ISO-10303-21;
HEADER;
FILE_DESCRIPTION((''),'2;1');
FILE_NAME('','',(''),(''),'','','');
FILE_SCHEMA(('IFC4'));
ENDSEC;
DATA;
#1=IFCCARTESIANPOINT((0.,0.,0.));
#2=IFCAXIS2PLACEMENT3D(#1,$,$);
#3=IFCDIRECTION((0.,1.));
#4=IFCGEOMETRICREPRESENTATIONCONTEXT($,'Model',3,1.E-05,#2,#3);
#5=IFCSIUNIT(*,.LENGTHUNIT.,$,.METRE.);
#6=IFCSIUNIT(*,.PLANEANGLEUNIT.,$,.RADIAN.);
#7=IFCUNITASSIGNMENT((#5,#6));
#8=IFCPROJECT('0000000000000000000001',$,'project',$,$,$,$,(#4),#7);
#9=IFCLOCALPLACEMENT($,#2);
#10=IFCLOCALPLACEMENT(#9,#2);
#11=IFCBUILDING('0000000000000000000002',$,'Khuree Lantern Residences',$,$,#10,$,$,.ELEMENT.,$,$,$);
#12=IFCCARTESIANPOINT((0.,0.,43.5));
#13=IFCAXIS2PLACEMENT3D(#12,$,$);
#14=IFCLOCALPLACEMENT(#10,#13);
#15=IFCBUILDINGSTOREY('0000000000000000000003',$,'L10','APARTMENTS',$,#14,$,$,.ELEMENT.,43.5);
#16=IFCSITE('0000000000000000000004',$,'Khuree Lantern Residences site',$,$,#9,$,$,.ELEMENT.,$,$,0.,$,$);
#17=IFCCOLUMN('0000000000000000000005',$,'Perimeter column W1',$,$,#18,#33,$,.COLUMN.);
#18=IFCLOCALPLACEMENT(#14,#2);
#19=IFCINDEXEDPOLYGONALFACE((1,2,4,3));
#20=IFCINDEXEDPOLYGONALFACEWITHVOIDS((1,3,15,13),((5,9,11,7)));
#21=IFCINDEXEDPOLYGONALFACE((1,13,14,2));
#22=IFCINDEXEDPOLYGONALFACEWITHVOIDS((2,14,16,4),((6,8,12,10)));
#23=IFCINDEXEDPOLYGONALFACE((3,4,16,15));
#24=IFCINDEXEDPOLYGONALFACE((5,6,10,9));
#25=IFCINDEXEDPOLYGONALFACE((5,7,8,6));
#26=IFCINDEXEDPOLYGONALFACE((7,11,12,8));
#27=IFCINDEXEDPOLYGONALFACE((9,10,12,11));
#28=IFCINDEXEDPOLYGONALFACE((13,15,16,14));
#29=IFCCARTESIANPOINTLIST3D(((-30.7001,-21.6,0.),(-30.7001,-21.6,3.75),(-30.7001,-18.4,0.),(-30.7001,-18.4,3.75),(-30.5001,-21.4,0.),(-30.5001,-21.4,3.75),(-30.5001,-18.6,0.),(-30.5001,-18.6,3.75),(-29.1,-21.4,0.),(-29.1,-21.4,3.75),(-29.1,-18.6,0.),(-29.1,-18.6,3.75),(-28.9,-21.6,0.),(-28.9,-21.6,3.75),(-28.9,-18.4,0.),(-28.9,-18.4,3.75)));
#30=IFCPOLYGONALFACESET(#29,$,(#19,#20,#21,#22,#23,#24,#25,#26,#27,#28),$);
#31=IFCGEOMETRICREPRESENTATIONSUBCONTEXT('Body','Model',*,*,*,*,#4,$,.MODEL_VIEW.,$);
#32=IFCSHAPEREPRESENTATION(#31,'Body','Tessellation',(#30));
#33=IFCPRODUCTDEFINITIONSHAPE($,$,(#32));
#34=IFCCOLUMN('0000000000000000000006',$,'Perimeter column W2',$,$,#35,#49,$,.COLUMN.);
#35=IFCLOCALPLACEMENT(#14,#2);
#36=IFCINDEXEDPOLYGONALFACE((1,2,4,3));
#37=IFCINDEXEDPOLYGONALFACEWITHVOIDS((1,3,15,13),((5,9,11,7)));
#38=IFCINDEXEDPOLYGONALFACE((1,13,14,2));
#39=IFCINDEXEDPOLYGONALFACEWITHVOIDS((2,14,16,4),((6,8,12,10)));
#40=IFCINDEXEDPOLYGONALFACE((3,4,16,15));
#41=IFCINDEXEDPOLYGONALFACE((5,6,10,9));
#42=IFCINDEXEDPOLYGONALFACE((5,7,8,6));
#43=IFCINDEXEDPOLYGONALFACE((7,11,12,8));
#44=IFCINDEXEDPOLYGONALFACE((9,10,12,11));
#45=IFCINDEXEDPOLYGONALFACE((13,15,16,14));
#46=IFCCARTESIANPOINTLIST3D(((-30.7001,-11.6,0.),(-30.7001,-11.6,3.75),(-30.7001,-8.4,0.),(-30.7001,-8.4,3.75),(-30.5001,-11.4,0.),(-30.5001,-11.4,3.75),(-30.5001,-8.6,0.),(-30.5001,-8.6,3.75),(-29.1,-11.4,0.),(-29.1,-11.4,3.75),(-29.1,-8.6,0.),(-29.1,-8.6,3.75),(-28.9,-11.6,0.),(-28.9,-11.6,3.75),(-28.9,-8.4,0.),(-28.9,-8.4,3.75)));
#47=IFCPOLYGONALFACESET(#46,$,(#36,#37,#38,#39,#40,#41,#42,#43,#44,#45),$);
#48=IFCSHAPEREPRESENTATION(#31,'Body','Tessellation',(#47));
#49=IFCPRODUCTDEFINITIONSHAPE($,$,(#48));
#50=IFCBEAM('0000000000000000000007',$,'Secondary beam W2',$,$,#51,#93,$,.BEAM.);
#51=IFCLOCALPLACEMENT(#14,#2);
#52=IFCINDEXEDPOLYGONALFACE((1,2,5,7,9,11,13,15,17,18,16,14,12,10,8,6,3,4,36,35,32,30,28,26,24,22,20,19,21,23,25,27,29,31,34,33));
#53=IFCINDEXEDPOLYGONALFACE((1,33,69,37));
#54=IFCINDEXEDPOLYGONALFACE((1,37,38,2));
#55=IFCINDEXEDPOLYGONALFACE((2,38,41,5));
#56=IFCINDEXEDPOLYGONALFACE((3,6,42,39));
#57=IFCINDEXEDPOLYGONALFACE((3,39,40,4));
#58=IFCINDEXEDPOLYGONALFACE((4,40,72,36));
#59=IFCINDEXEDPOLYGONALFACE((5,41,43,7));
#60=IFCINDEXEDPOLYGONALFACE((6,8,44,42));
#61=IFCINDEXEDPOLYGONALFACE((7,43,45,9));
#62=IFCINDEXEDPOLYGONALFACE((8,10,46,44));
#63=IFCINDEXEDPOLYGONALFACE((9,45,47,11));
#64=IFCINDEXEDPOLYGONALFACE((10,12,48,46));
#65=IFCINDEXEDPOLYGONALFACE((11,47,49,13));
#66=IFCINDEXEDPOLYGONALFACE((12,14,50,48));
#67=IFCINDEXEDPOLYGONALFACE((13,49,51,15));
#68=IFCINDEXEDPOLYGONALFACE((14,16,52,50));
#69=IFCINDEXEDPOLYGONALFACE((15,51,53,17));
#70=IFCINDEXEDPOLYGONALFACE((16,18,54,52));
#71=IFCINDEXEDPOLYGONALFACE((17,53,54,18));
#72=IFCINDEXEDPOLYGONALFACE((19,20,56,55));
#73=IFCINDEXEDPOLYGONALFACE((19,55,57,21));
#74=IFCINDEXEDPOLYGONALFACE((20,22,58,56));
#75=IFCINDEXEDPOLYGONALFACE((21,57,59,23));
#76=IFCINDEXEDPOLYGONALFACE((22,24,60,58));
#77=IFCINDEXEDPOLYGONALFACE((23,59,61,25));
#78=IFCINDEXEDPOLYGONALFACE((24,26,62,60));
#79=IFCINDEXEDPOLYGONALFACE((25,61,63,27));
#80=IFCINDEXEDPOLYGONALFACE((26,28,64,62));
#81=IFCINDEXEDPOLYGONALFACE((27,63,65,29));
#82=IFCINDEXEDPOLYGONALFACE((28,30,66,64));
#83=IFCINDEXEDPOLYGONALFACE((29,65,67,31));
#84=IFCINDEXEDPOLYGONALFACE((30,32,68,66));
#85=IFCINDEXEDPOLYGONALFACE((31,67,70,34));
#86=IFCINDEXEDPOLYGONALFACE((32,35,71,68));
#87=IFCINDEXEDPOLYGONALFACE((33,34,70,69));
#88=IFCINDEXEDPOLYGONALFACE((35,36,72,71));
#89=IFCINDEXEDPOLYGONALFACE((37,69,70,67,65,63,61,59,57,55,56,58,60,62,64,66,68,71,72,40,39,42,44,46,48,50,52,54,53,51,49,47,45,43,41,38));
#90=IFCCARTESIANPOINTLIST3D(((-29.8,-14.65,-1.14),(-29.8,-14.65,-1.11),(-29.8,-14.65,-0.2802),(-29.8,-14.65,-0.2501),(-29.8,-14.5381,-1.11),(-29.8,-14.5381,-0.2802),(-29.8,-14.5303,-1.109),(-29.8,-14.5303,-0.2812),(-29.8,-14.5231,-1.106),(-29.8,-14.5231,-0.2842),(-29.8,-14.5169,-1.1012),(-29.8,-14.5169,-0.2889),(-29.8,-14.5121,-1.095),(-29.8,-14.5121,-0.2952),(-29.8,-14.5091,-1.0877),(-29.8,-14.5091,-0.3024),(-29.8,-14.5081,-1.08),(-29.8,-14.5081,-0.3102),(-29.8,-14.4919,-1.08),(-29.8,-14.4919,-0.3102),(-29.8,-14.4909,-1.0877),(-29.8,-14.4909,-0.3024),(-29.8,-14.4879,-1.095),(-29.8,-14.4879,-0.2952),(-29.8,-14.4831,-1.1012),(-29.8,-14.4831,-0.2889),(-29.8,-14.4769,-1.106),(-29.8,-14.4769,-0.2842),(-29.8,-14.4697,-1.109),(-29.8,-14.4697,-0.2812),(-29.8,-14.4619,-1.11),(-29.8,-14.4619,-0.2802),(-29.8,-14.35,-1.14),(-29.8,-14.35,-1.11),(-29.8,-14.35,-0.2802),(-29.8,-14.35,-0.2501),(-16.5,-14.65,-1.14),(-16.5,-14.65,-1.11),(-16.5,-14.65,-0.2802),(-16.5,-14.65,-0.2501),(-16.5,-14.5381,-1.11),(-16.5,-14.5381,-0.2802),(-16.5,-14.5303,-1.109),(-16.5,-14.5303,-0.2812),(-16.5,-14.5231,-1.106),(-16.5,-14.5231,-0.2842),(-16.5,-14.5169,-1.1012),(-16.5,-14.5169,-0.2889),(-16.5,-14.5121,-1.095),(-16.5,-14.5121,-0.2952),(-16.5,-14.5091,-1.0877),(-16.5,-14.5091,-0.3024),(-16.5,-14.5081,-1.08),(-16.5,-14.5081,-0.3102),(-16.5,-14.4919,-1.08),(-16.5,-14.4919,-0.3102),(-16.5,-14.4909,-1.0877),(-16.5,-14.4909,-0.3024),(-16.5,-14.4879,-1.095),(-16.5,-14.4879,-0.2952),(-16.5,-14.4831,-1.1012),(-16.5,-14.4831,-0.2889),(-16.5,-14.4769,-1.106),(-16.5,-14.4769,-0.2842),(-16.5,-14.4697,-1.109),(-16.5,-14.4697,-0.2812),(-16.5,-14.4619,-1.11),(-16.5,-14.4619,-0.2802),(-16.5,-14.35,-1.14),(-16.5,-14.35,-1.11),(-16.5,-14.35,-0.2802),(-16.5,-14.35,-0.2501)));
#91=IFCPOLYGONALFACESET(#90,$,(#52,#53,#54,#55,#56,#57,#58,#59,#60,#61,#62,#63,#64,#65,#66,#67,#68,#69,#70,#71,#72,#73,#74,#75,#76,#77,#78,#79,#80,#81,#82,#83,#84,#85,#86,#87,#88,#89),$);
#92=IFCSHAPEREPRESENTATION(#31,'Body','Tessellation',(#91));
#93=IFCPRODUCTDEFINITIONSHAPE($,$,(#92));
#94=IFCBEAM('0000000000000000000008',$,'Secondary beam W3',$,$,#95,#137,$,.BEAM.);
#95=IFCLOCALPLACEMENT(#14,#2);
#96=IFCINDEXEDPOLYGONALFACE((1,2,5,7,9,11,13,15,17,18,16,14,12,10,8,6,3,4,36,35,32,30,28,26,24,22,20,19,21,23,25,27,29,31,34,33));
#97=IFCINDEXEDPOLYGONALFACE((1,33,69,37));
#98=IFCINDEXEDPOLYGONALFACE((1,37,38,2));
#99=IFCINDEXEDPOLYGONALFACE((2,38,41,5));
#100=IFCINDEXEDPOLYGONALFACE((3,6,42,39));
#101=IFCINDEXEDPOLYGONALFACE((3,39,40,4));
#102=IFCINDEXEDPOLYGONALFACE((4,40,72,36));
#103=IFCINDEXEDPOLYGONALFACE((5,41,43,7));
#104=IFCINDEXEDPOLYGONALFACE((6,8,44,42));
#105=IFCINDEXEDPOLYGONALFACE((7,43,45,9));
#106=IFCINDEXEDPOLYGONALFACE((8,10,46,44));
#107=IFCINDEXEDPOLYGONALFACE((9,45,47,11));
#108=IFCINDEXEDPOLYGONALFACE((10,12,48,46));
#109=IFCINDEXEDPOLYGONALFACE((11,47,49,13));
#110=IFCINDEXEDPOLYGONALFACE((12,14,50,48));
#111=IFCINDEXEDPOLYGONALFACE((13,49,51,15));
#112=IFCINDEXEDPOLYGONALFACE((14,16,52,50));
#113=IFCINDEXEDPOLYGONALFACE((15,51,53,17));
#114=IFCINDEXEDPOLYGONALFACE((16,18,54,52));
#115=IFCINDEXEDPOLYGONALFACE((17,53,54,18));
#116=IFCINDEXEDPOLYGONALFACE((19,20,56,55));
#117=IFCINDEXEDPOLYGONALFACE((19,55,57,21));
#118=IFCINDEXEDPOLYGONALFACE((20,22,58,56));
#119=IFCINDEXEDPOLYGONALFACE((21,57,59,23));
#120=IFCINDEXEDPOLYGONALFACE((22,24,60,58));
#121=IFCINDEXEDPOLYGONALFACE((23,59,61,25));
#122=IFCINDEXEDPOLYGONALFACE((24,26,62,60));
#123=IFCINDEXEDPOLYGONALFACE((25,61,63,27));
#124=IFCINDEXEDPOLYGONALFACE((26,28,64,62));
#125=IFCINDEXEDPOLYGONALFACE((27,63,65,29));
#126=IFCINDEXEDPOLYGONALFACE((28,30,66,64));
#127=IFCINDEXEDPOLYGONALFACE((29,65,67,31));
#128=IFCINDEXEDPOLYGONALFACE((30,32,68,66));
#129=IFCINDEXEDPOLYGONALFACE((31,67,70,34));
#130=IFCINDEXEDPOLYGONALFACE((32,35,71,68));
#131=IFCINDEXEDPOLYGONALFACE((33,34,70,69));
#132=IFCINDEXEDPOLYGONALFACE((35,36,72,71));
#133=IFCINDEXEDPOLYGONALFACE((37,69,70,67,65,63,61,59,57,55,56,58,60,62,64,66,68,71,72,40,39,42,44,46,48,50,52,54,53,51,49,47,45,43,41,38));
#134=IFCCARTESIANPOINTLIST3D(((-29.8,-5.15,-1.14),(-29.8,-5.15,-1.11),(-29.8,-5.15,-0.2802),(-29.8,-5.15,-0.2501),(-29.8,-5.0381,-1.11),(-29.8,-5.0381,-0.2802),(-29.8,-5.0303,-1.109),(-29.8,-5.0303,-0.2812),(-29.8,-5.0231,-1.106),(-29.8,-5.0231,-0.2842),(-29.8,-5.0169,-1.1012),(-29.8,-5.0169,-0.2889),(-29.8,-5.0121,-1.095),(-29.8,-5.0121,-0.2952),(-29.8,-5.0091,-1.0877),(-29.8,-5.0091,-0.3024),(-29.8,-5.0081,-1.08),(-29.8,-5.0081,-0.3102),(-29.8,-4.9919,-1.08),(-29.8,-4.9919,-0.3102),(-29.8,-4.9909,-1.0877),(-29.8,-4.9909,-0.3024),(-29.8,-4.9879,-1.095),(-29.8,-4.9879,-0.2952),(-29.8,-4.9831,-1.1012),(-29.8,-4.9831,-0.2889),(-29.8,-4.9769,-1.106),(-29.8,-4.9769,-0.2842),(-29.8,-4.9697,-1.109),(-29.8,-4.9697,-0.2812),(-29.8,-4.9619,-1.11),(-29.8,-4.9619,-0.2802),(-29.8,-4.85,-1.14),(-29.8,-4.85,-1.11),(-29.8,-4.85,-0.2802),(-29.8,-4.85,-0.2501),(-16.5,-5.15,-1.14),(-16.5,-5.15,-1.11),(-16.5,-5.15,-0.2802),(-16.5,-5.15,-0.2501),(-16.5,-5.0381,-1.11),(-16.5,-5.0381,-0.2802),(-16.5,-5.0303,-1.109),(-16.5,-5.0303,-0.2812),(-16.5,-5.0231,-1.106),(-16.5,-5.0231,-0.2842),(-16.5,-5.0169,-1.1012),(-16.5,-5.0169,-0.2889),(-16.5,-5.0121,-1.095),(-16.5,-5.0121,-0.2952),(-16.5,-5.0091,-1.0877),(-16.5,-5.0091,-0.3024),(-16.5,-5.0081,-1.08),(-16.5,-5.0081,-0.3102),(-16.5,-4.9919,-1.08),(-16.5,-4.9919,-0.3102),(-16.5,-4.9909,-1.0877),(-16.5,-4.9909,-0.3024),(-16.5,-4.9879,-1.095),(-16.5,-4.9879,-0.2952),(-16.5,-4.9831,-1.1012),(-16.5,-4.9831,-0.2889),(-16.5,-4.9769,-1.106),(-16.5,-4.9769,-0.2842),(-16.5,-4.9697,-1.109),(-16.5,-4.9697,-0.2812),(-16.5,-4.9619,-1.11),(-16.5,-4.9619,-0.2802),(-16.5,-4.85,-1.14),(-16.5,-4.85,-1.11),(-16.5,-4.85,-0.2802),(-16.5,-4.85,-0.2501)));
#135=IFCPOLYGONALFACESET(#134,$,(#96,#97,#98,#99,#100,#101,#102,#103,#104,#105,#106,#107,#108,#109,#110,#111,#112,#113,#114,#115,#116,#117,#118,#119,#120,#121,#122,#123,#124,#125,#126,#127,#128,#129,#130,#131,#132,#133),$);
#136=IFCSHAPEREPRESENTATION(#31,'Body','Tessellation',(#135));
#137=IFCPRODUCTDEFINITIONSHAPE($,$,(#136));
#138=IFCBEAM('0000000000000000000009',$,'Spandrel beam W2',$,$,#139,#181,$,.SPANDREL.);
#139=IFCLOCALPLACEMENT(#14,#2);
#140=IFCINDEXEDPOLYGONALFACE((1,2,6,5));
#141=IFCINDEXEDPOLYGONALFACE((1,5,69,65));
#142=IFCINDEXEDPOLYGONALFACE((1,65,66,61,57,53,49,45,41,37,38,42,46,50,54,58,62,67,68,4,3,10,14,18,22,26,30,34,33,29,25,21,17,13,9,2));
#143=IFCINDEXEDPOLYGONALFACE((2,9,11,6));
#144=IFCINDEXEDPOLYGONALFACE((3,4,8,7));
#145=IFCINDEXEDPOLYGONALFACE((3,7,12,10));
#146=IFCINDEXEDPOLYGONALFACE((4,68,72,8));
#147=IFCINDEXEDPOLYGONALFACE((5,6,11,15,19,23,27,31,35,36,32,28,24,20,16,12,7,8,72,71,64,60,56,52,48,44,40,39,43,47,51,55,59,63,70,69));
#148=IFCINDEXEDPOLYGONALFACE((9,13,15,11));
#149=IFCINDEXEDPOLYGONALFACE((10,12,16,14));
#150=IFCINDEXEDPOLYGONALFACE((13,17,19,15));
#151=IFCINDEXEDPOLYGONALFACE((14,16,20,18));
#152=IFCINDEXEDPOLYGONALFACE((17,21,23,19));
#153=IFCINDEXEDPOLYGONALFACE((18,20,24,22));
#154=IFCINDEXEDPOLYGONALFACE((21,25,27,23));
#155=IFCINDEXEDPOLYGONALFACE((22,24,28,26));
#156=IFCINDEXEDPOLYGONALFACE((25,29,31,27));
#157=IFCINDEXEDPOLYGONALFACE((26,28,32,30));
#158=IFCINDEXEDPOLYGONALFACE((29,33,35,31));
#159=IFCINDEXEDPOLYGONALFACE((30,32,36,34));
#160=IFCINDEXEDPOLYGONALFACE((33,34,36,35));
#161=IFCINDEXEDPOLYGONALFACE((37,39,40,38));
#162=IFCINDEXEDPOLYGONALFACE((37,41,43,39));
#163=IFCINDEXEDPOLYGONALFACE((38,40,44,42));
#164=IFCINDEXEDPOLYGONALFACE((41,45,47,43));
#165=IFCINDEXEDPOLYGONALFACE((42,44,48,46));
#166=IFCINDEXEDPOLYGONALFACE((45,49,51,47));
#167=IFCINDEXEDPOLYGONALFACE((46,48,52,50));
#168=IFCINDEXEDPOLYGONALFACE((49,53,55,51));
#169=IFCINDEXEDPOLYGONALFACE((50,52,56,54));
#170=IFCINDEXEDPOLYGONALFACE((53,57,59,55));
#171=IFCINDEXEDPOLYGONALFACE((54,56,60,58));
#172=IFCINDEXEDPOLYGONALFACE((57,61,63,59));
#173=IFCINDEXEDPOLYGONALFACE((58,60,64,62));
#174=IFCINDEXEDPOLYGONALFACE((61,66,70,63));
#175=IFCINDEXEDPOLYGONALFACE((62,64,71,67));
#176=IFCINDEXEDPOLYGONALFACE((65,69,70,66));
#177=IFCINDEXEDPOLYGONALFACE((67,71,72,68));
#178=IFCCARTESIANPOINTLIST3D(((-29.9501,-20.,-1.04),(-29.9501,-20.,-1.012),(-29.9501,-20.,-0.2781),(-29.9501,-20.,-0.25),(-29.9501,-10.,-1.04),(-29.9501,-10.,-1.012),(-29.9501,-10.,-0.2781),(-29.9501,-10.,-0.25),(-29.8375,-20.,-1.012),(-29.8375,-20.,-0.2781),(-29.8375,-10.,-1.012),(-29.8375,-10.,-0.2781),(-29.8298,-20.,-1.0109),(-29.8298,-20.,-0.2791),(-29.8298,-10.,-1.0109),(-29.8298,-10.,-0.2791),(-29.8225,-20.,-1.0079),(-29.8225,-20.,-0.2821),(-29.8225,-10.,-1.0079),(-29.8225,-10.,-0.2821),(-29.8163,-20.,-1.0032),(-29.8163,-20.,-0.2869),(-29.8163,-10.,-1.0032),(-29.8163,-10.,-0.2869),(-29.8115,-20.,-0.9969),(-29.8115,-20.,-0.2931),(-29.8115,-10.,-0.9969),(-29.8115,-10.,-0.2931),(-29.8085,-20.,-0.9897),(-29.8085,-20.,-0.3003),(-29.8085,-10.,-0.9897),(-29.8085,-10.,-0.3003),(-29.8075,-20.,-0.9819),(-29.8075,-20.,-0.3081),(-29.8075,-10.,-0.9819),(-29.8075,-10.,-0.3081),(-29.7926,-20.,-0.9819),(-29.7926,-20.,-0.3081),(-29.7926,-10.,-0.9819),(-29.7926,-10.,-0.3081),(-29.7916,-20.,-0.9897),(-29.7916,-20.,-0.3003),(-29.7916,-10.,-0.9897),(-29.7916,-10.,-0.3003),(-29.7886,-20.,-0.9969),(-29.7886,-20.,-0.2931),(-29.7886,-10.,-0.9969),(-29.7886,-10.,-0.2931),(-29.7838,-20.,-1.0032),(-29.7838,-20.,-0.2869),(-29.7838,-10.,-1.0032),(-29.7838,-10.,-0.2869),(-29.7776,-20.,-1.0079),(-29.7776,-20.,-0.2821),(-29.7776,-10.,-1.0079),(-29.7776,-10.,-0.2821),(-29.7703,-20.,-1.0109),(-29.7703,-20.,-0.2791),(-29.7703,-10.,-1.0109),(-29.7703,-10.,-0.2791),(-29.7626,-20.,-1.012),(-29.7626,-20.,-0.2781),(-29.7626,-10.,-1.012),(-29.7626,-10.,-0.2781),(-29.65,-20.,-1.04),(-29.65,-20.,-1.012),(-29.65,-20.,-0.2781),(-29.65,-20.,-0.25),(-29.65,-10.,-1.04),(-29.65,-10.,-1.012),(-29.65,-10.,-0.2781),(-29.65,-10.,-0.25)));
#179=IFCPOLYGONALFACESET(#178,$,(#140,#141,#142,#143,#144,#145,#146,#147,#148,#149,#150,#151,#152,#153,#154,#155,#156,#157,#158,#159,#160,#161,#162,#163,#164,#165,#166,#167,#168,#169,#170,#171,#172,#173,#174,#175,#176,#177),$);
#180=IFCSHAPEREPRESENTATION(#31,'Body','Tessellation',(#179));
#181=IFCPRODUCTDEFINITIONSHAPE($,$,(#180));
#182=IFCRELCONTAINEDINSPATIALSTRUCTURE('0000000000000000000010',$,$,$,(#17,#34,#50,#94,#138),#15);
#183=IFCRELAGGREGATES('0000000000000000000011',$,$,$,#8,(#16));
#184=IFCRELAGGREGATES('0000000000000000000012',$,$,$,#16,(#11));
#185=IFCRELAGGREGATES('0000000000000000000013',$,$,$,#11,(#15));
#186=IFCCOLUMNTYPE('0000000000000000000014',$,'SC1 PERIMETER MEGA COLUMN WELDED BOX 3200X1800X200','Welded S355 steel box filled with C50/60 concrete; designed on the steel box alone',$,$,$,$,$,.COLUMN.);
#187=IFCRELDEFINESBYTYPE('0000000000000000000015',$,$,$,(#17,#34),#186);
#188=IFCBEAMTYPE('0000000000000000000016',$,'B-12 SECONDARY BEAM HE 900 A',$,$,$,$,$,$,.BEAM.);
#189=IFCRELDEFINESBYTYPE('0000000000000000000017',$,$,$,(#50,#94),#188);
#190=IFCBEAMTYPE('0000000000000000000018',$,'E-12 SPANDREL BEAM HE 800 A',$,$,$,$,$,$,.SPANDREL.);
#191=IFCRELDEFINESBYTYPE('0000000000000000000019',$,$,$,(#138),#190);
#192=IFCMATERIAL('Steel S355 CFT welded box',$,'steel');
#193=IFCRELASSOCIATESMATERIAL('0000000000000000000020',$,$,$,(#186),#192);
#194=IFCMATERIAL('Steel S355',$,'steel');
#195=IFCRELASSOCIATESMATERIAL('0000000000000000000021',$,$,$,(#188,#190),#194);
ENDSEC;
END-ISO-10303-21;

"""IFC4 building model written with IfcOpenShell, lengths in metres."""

from ifc_helpers import new_model, si_unit, direction, frame, origin, origin_2d, place, context, subcontext, project, spatial, hollow_rectangle, i_section, extrude, material, material_profile, profile_set, type_object, element, save


model = new_model("IFC4")

# Units and contexts
model_context = context("Model", 3, precision=1e-05, world=origin(), true_north=direction((0.0, 1.0)))
body_context = subcontext(model_context, "Body", "Model", "MODEL_VIEW")
ifc_project = project(units=[si_unit("LENGTHUNIT", "METRE"), si_unit("PLANEANGLEUNIT", "RADIAN")], contexts=[model_context])

# Site, building, storey
site_placement = place(None, origin())
site = spatial("IfcSite", under=ifc_project, at=site_placement, Name="Khuree Lantern Residences site", CompositionType="ELEMENT", RefElevation=0.0)
building_placement = place(site_placement, origin())
building = spatial("IfcBuilding", under=site, at=building_placement, Name="Khuree Lantern Residences", CompositionType="ELEMENT")
storey_placement = place(building_placement, frame((0.0, 0.0, 43.5)))
storey = spatial("IfcBuildingStorey", under=building, at=storey_placement, Name="L10", Description="APARTMENTS", CompositionType="ELEMENT", Elevation=43.5)

# Columns
ifc_material_1 = material(Name="Steel S355 CFT welded box", Category="steel")
ifc_material_profile_1 = material_profile(ifc_material_1, hollow_rectangle(XDim=3.2, YDim=1.8, WallThickness=0.2, at=origin_2d()), Name="WELDED BOX 3200X1800X200")
ifc_profile_set_1 = profile_set([ifc_material_profile_1], Name="Steel S355 CFT welded box")
column_type = type_object("IfcColumnType", Name="SC1 PERIMETER MEGA COLUMN WELDED BOX 3200X1800X200", Description="Welded S355 steel box filled with C50/60 concrete; designed on the steel box alone", PredefinedType="COLUMN", material=ifc_profile_set_1)
for number, where, z_axis, x_axis, name in (
    (1, (-29.8, -20.0, 0.0), (0.0, 0.0, 1.0), (0.0, 1.0, 0.0), "Perimeter column W1"),
    (2, (-29.8, -10.0, 0.0), (0.0, 0.0, 1.0), (0.0, 1.0, 0.0), "Perimeter column W2"),
):
    element("IfcColumn", number, at=place(storey_placement, frame(where, z_axis=z_axis, x_axis=x_axis)), inside=storey, type_object=column_type, Name=name, PredefinedType="COLUMN", context=body_context, shape_type="SweptSolid", body=[
        extrude(hollow_rectangle(XDim=3.2, YDim=1.8, WallThickness=0.2, at=origin_2d()), origin(), (0.0, 0.0, 1.0), 3.75),
    ])

# Beams
ifc_material_2 = material(Name="Steel S355", Category="steel")
ifc_material_profile_2 = material_profile(ifc_material_2, i_section(OverallWidth=0.3, OverallDepth=0.8899, WebThickness=0.0161, FlangeThickness=0.03, FilletRadius=0.03, at=origin_2d()), Name="HE 900 A")
ifc_profile_set_2 = profile_set([ifc_material_profile_2], Name="Steel S355")
beam_type_1 = type_object("IfcBeamType", Name="B-12 SECONDARY BEAM HE 900 A", PredefinedType="BEAM", material=ifc_profile_set_2)
for number, where, z_axis, x_axis, name in (
    (3, (-29.8, -14.5, -0.6951), (1.0, 0.0, 0.0), (0.0, 1.0, 0.0), "Secondary beam W2"),
    (4, (-29.8, -5.0, -0.6951), (1.0, 0.0, 0.0), (0.0, 1.0, 0.0), "Secondary beam W3"),
):
    element("IfcBeam", number, at=place(storey_placement, frame(where, z_axis=z_axis, x_axis=x_axis)), inside=storey, type_object=beam_type_1, Name=name, PredefinedType="BEAM", context=body_context, shape_type="SweptSolid", body=[
        extrude(i_section(OverallWidth=0.3, OverallDepth=0.8899, WebThickness=0.0161, FlangeThickness=0.03, FilletRadius=0.03, at=origin_2d()), origin(), (0.0, 0.0, 1.0), 13.3),
    ])
ifc_material_profile_3 = material_profile(ifc_material_2, i_section(OverallWidth=0.3, OverallDepth=0.79, WebThickness=0.0149, FlangeThickness=0.0281, FilletRadius=0.03, at=origin_2d()), Name="HE 800 A")
ifc_profile_set_3 = profile_set([ifc_material_profile_3], Name="Steel S355")
beam_type_2 = type_object("IfcBeamType", Name="E-12 SPANDREL BEAM HE 800 A", PredefinedType="SPANDREL", material=ifc_profile_set_3)
for number, where, z_axis, x_axis, name in (
    (5, (-29.8, -20.0, -0.645), (0.0, 1.0, 0.0), (-1.0, 0.0, 0.0), "Spandrel beam W2"),
):
    element("IfcBeam", number, at=place(storey_placement, frame(where, z_axis=z_axis, x_axis=x_axis)), inside=storey, type_object=beam_type_2, Name=name, PredefinedType="SPANDREL", context=body_context, shape_type="SweptSolid", body=[
        extrude(i_section(OverallWidth=0.3, OverallDepth=0.79, WebThickness=0.0149, FlangeThickness=0.0281, FilletRadius=0.03, at=origin_2d()), origin(), (0.0, 0.0, 1.0), 10.0),
    ])

save(model, "model.ifc")
